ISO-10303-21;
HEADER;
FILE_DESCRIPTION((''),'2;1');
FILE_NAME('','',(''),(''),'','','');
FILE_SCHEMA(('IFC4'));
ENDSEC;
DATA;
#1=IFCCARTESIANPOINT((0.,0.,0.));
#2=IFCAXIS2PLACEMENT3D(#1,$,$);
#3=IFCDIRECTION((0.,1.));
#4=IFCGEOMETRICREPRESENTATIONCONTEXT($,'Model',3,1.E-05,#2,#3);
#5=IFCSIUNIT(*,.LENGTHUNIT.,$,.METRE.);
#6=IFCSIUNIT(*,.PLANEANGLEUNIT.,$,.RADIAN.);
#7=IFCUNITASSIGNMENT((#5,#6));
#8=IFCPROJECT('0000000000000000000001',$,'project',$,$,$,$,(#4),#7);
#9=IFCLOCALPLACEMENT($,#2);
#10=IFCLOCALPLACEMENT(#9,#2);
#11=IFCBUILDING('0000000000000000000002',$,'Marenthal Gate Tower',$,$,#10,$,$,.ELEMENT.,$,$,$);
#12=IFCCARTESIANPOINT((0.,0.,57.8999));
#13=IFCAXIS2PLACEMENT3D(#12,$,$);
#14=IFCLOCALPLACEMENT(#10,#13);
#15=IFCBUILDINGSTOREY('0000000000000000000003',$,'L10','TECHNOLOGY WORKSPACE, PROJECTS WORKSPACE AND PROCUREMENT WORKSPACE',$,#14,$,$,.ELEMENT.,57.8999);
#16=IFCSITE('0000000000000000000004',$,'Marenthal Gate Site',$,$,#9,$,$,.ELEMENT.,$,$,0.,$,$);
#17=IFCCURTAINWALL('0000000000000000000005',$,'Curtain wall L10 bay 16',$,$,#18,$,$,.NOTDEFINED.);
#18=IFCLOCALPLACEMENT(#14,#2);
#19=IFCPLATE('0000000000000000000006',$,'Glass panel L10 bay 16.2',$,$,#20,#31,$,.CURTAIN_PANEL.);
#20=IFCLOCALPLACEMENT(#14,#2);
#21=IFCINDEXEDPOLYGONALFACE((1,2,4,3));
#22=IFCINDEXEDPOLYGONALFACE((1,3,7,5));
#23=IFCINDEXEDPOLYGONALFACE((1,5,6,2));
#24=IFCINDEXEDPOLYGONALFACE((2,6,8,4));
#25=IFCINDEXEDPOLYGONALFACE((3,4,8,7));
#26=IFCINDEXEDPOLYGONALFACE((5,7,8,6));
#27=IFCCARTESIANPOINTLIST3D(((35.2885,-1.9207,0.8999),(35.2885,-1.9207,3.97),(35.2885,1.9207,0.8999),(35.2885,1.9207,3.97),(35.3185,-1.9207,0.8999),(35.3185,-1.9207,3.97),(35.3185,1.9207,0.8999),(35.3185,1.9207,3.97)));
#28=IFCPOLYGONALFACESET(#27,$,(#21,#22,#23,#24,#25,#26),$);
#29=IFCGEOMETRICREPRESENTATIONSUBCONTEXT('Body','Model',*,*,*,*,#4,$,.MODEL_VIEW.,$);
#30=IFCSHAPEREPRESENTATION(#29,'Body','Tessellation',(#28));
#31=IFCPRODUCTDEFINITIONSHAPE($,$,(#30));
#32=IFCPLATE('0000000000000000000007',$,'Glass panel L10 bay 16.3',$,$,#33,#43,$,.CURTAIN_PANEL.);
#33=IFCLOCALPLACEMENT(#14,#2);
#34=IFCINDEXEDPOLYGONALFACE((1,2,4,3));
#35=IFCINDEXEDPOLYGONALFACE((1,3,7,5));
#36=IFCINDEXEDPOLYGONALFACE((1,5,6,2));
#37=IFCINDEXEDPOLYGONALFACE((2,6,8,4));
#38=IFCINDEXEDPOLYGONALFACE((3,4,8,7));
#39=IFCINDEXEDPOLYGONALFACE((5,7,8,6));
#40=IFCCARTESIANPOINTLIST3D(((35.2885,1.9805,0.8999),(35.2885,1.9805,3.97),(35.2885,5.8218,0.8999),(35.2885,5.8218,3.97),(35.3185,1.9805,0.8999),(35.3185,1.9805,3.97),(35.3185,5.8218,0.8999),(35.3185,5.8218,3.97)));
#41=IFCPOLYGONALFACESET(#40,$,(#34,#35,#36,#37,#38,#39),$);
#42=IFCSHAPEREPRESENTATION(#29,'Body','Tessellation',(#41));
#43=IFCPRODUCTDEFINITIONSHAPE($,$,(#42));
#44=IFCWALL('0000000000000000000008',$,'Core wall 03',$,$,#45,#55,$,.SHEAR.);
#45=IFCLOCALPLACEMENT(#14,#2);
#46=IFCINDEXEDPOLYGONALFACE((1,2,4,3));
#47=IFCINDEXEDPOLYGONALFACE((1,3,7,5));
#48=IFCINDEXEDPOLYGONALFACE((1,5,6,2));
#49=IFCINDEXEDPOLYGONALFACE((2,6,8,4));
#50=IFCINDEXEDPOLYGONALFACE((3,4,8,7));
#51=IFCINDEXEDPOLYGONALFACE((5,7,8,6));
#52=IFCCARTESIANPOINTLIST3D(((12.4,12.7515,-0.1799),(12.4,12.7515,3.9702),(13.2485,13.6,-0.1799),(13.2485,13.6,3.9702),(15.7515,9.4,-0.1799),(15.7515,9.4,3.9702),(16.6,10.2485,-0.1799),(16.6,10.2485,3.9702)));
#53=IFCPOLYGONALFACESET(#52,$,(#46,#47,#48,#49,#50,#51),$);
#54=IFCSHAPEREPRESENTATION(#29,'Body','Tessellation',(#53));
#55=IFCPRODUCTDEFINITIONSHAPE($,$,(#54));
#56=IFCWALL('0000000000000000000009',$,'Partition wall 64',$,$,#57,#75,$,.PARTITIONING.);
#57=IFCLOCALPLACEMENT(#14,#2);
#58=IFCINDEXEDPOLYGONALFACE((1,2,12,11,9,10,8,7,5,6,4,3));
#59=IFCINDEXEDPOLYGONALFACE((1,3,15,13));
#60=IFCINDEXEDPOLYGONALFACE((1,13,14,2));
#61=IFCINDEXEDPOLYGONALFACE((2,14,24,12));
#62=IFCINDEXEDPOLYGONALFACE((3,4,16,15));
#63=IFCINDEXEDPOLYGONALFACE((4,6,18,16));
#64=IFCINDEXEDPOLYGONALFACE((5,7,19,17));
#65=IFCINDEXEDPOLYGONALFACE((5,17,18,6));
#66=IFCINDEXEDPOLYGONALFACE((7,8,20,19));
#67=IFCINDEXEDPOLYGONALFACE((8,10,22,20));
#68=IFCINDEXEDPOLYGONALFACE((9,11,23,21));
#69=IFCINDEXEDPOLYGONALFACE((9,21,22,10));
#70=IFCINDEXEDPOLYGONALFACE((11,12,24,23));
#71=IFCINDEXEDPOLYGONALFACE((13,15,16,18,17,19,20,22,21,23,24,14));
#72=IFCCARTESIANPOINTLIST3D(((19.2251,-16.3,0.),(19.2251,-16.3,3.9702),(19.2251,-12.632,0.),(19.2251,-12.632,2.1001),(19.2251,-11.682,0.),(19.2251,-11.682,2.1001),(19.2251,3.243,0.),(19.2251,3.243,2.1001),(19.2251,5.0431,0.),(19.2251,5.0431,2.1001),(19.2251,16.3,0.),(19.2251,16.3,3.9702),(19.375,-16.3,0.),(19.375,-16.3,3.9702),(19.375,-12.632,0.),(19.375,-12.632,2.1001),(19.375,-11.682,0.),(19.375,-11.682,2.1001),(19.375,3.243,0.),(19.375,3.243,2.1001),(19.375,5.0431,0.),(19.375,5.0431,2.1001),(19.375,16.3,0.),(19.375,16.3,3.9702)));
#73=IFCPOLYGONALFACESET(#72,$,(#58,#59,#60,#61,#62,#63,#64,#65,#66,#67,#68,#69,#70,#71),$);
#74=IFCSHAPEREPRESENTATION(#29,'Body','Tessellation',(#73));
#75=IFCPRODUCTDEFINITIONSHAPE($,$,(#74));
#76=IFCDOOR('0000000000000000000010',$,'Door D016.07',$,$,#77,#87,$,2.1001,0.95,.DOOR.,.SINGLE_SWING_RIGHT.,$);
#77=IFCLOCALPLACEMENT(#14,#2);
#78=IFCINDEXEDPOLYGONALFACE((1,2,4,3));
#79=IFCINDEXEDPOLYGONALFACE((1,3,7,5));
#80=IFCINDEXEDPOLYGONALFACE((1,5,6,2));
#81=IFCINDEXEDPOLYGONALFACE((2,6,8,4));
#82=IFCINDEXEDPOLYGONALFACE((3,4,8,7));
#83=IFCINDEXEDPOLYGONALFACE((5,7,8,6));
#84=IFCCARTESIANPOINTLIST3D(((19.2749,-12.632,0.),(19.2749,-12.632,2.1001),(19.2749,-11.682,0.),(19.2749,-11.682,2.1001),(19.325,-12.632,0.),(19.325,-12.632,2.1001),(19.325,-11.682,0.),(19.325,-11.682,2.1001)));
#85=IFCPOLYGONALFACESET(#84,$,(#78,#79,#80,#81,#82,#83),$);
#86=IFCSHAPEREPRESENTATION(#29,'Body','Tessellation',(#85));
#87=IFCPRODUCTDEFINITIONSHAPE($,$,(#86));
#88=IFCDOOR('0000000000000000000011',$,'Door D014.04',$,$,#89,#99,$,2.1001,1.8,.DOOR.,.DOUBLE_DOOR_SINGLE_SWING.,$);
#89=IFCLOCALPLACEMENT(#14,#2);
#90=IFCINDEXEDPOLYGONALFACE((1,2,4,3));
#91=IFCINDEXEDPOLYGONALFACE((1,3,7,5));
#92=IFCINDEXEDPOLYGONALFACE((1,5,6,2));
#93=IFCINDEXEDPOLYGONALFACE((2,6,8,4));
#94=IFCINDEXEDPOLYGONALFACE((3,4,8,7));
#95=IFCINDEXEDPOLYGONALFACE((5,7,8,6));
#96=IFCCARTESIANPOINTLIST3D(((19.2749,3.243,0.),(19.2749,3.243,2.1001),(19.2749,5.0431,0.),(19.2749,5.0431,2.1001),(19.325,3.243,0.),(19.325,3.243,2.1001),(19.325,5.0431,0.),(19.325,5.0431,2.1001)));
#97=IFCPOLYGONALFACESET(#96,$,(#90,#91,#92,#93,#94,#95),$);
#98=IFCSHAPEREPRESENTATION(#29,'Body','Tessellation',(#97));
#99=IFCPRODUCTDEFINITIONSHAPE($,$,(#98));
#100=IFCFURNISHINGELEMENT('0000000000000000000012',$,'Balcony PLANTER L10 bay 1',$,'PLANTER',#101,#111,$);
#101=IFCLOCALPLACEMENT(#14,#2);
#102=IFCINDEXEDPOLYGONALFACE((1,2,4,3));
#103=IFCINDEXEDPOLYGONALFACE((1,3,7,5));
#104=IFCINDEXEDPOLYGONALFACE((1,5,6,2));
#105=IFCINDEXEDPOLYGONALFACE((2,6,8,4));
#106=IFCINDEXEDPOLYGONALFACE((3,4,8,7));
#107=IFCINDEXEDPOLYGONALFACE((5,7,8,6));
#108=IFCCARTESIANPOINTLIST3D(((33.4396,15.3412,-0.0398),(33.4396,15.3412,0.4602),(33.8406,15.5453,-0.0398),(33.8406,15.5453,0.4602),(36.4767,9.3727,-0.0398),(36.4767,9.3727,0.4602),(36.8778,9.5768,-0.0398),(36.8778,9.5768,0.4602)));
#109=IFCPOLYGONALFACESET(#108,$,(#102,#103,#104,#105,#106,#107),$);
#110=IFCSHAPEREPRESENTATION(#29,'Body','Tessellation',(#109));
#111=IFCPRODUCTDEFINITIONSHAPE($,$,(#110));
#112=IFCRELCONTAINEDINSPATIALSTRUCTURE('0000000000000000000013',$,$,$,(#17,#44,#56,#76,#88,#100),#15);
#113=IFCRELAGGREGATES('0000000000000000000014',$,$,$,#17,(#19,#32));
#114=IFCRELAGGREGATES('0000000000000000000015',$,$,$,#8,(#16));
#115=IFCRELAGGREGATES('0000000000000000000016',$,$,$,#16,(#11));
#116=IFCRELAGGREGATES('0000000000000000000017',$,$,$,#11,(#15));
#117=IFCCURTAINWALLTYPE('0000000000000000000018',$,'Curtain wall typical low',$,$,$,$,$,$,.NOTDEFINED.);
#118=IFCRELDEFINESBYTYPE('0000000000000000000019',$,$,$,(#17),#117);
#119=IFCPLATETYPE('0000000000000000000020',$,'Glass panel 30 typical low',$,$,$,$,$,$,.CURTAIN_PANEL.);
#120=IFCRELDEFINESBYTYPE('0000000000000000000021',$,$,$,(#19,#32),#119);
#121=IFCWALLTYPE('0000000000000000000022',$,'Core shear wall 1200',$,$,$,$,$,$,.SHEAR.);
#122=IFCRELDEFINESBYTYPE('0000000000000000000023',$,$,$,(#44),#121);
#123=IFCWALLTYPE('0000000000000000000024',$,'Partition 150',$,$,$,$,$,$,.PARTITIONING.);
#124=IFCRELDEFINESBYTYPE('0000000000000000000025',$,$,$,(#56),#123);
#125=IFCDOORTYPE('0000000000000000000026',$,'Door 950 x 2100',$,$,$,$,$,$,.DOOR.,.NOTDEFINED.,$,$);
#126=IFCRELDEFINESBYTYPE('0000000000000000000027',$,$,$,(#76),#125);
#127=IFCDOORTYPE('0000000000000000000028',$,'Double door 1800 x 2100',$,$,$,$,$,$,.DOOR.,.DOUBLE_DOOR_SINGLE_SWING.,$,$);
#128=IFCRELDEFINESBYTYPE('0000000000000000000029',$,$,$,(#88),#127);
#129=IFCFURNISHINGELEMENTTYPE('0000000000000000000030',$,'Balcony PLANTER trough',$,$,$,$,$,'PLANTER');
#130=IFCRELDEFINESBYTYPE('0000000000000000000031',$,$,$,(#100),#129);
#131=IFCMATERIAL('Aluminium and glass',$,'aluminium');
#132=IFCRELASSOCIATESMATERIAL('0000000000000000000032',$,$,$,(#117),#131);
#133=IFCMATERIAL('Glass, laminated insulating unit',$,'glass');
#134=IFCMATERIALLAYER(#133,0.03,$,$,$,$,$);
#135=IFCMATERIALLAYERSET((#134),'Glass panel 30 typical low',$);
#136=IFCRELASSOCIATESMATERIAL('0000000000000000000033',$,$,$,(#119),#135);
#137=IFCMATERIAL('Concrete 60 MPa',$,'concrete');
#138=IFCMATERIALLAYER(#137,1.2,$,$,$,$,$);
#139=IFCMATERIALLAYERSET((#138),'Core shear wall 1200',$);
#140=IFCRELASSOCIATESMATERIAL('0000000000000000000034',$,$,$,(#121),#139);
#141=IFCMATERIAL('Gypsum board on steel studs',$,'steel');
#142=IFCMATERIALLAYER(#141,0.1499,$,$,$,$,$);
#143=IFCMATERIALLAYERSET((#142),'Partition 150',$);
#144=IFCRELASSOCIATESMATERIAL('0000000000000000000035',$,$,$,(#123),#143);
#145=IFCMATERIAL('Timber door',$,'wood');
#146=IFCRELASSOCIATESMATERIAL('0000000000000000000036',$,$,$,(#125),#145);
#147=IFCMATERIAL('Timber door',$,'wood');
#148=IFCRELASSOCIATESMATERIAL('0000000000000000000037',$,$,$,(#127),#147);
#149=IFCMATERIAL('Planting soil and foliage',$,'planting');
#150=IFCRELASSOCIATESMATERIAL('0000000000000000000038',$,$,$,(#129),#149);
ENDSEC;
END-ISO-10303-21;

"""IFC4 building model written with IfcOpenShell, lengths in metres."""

from ifc_helpers import new_model, si_unit, direction, frame, frame_2d, origin, origin_2d, place, context, subcontext, project, spatial, rectangle, extrude, material, layer, layer_set, type_object, element, fill, aggregate, save


model = new_model("IFC4")

# Units and contexts
model_context = context("Model", 3, precision=1e-05, world=origin(), true_north=direction((0.0, 1.0)))
body_context = subcontext(model_context, "Body", "Model", "MODEL_VIEW")
ifc_project = project(units=[si_unit("LENGTHUNIT", "METRE"), si_unit("PLANEANGLEUNIT", "RADIAN")], contexts=[model_context])

# Site, building, storey
site_placement = place(None, origin())
site = spatial("IfcSite", under=ifc_project, at=site_placement, Name="Marenthal Gate Site", CompositionType="ELEMENT", RefElevation=0.0)
building_placement = place(site_placement, origin())
building = spatial("IfcBuilding", under=site, at=building_placement, Name="Marenthal Gate Tower", CompositionType="ELEMENT")
storey_placement = place(building_placement, frame((0.0, 0.0, 57.8999)))
storey = spatial("IfcBuildingStorey", under=building, at=storey_placement, Name="L10", Description="TECHNOLOGY WORKSPACE, PROJECTS WORKSPACE AND PROCUREMENT WORKSPACE", CompositionType="ELEMENT", Elevation=57.8999)

# Curtain wall
ifc_material_1 = material(Name="Aluminium and glass", Category="aluminium")
curtain_wall_type = type_object("IfcCurtainWallType", Name="Curtain wall typical low", PredefinedType="NOTDEFINED", material=ifc_material_1)
curtain_wall_placement = place(storey_placement, origin())
curtain_wall = element("IfcCurtainWall", 1, at=curtain_wall_placement, inside=storey, type_object=curtain_wall_type, Name="Curtain wall L10 bay 16", PredefinedType="NOTDEFINED")

# Plates
ifc_material_2 = material(Name="Glass, laminated insulating unit", Category="glass")
ifc_layer_1 = layer(ifc_material_2, 0.03)
ifc_layer_set_1 = layer_set([ifc_layer_1], Name="Glass panel 30 typical low")
plate_type = type_object("IfcPlateType", Name="Glass panel 30 typical low", PredefinedType="CURTAIN_PANEL", material=ifc_layer_set_1)
plate_1_placement = place(storey_placement, frame((35.3035, 0.0, 0.8999), z_axis=(0.0, 0.0, 1.0), x_axis=(0.0, 1.0, 0.0)))
plate_1 = element("IfcPlate", 2, at=plate_1_placement, type_object=plate_type, Name="Glass panel L10 bay 16.2", PredefinedType="CURTAIN_PANEL", context=body_context, shape_type="SweptSolid", body=[
    extrude(rectangle(XDim=3.8413, YDim=0.03, at=origin_2d()), origin(), (0.0, 0.0, 1.0), 3.0701),
])
plate_2_placement = place(storey_placement, frame((35.3035, 3.9011, 0.8999), z_axis=(0.0, 0.0, 1.0), x_axis=(0.0, 1.0, 0.0)))
plate_2 = element("IfcPlate", 3, at=plate_2_placement, type_object=plate_type, Name="Glass panel L10 bay 16.3", PredefinedType="CURTAIN_PANEL", context=body_context, shape_type="SweptSolid", body=[
    extrude(rectangle(XDim=3.8413, YDim=0.03, at=origin_2d()), origin(), (0.0, 0.0, 1.0), 3.0701),
])
aggregate(curtain_wall, [plate_1, plate_2])

# Wall
ifc_material_3 = material(Name="Concrete 60 MPa", Category="concrete")
ifc_layer_2 = layer(ifc_material_3, 1.2)
ifc_layer_set_2 = layer_set([ifc_layer_2], Name="Core shear wall 1200")
wall_type_1 = type_object("IfcWallType", Name="Core shear wall 1200", PredefinedType="SHEAR", material=ifc_layer_set_2)
wall_1_placement = place(storey_placement, frame((16.1758, 9.8242, -0.1799), z_axis=(0.0, 0.0, 1.0), x_axis=(-0.707107, 0.707107, 0.0)))
element("IfcWall", 4, at=wall_1_placement, inside=storey, type_object=wall_type_1, Name="Core wall 03", PredefinedType="SHEAR", context=body_context, shape_type="SweptSolid", body=[
    extrude(rectangle(XDim=4.7397, YDim=1.2, at=frame_2d((2.3699, 0.0))), origin(), (0.0, 0.0, 1.0), 4.1501),
])

# Wall, openings, doors
ifc_material_4 = material(Name="Gypsum board on steel studs", Category="steel")
ifc_layer_3 = layer(ifc_material_4, 0.1499)
ifc_layer_set_3 = layer_set([ifc_layer_3], Name="Partition 150")
wall_type_2 = type_object("IfcWallType", Name="Partition 150", PredefinedType="PARTITIONING", material=ifc_layer_set_3)
wall_2_placement = place(storey_placement, frame((19.3, 16.3, 0.0), z_axis=(0.0, 0.0, 1.0), x_axis=(0.0, -1.0, 0.0)))
wall_2 = element("IfcWall", 5, at=wall_2_placement, inside=storey, type_object=wall_type_2, Name="Partition wall 64", PredefinedType="PARTITIONING", context=body_context, shape_type="SweptSolid", body=[
    extrude(rectangle(XDim=32.6001, YDim=0.1499, at=frame_2d((16.3, 0.0))), origin(), (0.0, 0.0, 1.0), 3.9702),
])
opening_1_placement = place(wall_2_placement, frame((27.9819, 0.0, 0.0)))
opening_1 = element("IfcOpeningElement", 6, at=opening_1_placement, cuts=wall_2, PredefinedType="OPENING", context=body_context, shape_type="SweptSolid", body=[
    extrude(rectangle(XDim=0.95, YDim=2.1001, at=frame_2d((0.4751, 1.05))), frame((0.0, 0.085, 0.0), z_axis=(0.0, -1.0, 0.0), x_axis=(1.0, 0.0, 0.0)), (0.0, 0.0, 1.0), 0.1699),
])
opening_2_placement = place(wall_2_placement, frame((11.2571, 0.0, 0.0)))
opening_2 = element("IfcOpeningElement", 7, at=opening_2_placement, cuts=wall_2, PredefinedType="OPENING", context=body_context, shape_type="SweptSolid", body=[
    extrude(rectangle(XDim=1.8, YDim=2.1001, at=frame_2d((0.8999, 1.05))), frame((0.0, 0.085, 0.0), z_axis=(0.0, -1.0, 0.0), x_axis=(1.0, 0.0, 0.0)), (0.0, 0.0, 1.0), 0.1699),
])
ifc_material_5 = material(Name="Timber door", Category="wood")
door_type_1 = type_object("IfcDoorType", Name="Door 950 x 2100", OperationType="NOTDEFINED", PredefinedType="DOOR", material=ifc_material_5)
door_1_placement = place(opening_1_placement, origin())
door_1 = element("IfcDoor", 8, at=door_1_placement, inside=storey, type_object=door_type_1, Name="Door D016.07", OperationType="SINGLE_SWING_RIGHT", OverallHeight=2.1001, OverallWidth=0.95, PredefinedType="DOOR", context=body_context, shape_type="SweptSolid", body=[
    extrude(rectangle(XDim=0.95, YDim=2.1001, at=frame_2d((0.4751, 1.05))), frame((0.0, 0.0249, 0.0), z_axis=(0.0, -1.0, 0.0), x_axis=(1.0, 0.0, 0.0)), (0.0, 0.0, 1.0), 0.05),
])
fill(opening_1, door_1)
ifc_material_6 = material(Name="Timber door", Category="wood")
door_type_2 = type_object("IfcDoorType", Name="Double door 1800 x 2100", OperationType="DOUBLE_DOOR_SINGLE_SWING", PredefinedType="DOOR", material=ifc_material_6)
door_2_placement = place(opening_2_placement, origin())
door_2 = element("IfcDoor", 9, at=door_2_placement, inside=storey, type_object=door_type_2, Name="Door D014.04", OperationType="DOUBLE_DOOR_SINGLE_SWING", OverallHeight=2.1001, OverallWidth=1.8, PredefinedType="DOOR", context=body_context, shape_type="SweptSolid", body=[
    extrude(rectangle(XDim=1.8, YDim=2.1001, at=frame_2d((0.8999, 1.05))), frame((0.0, 0.0249, 0.0), z_axis=(0.0, -1.0, 0.0), x_axis=(1.0, 0.0, 0.0)), (0.0, 0.0, 1.0), 0.05),
])
fill(opening_2, door_2)

# Furnishing element
ifc_material_7 = material(Name="Planting soil and foliage", Category="planting")
furnishing_element_type = type_object("IfcFurnishingElementType", Name="Balcony PLANTER trough", ElementType="PLANTER", material=ifc_material_7)
furnishing_placement = place(storey_placement, frame((35.1587, 12.459, -0.0398), z_axis=(0.0, 0.0, 1.0), x_axis=(-0.453518, 0.891247, 0.0)))
element("IfcFurnishingElement", 10, at=furnishing_placement, inside=storey, type_object=furnishing_element_type, Name="Balcony PLANTER L10 bay 1", ObjectType="PLANTER", context=body_context, shape_type="SweptSolid", body=[
    extrude(rectangle(XDim=6.6968, YDim=0.45, at=origin_2d()), origin(), (0.0, 0.0, 1.0), 0.5),
])

save(model, "model.ifc")
